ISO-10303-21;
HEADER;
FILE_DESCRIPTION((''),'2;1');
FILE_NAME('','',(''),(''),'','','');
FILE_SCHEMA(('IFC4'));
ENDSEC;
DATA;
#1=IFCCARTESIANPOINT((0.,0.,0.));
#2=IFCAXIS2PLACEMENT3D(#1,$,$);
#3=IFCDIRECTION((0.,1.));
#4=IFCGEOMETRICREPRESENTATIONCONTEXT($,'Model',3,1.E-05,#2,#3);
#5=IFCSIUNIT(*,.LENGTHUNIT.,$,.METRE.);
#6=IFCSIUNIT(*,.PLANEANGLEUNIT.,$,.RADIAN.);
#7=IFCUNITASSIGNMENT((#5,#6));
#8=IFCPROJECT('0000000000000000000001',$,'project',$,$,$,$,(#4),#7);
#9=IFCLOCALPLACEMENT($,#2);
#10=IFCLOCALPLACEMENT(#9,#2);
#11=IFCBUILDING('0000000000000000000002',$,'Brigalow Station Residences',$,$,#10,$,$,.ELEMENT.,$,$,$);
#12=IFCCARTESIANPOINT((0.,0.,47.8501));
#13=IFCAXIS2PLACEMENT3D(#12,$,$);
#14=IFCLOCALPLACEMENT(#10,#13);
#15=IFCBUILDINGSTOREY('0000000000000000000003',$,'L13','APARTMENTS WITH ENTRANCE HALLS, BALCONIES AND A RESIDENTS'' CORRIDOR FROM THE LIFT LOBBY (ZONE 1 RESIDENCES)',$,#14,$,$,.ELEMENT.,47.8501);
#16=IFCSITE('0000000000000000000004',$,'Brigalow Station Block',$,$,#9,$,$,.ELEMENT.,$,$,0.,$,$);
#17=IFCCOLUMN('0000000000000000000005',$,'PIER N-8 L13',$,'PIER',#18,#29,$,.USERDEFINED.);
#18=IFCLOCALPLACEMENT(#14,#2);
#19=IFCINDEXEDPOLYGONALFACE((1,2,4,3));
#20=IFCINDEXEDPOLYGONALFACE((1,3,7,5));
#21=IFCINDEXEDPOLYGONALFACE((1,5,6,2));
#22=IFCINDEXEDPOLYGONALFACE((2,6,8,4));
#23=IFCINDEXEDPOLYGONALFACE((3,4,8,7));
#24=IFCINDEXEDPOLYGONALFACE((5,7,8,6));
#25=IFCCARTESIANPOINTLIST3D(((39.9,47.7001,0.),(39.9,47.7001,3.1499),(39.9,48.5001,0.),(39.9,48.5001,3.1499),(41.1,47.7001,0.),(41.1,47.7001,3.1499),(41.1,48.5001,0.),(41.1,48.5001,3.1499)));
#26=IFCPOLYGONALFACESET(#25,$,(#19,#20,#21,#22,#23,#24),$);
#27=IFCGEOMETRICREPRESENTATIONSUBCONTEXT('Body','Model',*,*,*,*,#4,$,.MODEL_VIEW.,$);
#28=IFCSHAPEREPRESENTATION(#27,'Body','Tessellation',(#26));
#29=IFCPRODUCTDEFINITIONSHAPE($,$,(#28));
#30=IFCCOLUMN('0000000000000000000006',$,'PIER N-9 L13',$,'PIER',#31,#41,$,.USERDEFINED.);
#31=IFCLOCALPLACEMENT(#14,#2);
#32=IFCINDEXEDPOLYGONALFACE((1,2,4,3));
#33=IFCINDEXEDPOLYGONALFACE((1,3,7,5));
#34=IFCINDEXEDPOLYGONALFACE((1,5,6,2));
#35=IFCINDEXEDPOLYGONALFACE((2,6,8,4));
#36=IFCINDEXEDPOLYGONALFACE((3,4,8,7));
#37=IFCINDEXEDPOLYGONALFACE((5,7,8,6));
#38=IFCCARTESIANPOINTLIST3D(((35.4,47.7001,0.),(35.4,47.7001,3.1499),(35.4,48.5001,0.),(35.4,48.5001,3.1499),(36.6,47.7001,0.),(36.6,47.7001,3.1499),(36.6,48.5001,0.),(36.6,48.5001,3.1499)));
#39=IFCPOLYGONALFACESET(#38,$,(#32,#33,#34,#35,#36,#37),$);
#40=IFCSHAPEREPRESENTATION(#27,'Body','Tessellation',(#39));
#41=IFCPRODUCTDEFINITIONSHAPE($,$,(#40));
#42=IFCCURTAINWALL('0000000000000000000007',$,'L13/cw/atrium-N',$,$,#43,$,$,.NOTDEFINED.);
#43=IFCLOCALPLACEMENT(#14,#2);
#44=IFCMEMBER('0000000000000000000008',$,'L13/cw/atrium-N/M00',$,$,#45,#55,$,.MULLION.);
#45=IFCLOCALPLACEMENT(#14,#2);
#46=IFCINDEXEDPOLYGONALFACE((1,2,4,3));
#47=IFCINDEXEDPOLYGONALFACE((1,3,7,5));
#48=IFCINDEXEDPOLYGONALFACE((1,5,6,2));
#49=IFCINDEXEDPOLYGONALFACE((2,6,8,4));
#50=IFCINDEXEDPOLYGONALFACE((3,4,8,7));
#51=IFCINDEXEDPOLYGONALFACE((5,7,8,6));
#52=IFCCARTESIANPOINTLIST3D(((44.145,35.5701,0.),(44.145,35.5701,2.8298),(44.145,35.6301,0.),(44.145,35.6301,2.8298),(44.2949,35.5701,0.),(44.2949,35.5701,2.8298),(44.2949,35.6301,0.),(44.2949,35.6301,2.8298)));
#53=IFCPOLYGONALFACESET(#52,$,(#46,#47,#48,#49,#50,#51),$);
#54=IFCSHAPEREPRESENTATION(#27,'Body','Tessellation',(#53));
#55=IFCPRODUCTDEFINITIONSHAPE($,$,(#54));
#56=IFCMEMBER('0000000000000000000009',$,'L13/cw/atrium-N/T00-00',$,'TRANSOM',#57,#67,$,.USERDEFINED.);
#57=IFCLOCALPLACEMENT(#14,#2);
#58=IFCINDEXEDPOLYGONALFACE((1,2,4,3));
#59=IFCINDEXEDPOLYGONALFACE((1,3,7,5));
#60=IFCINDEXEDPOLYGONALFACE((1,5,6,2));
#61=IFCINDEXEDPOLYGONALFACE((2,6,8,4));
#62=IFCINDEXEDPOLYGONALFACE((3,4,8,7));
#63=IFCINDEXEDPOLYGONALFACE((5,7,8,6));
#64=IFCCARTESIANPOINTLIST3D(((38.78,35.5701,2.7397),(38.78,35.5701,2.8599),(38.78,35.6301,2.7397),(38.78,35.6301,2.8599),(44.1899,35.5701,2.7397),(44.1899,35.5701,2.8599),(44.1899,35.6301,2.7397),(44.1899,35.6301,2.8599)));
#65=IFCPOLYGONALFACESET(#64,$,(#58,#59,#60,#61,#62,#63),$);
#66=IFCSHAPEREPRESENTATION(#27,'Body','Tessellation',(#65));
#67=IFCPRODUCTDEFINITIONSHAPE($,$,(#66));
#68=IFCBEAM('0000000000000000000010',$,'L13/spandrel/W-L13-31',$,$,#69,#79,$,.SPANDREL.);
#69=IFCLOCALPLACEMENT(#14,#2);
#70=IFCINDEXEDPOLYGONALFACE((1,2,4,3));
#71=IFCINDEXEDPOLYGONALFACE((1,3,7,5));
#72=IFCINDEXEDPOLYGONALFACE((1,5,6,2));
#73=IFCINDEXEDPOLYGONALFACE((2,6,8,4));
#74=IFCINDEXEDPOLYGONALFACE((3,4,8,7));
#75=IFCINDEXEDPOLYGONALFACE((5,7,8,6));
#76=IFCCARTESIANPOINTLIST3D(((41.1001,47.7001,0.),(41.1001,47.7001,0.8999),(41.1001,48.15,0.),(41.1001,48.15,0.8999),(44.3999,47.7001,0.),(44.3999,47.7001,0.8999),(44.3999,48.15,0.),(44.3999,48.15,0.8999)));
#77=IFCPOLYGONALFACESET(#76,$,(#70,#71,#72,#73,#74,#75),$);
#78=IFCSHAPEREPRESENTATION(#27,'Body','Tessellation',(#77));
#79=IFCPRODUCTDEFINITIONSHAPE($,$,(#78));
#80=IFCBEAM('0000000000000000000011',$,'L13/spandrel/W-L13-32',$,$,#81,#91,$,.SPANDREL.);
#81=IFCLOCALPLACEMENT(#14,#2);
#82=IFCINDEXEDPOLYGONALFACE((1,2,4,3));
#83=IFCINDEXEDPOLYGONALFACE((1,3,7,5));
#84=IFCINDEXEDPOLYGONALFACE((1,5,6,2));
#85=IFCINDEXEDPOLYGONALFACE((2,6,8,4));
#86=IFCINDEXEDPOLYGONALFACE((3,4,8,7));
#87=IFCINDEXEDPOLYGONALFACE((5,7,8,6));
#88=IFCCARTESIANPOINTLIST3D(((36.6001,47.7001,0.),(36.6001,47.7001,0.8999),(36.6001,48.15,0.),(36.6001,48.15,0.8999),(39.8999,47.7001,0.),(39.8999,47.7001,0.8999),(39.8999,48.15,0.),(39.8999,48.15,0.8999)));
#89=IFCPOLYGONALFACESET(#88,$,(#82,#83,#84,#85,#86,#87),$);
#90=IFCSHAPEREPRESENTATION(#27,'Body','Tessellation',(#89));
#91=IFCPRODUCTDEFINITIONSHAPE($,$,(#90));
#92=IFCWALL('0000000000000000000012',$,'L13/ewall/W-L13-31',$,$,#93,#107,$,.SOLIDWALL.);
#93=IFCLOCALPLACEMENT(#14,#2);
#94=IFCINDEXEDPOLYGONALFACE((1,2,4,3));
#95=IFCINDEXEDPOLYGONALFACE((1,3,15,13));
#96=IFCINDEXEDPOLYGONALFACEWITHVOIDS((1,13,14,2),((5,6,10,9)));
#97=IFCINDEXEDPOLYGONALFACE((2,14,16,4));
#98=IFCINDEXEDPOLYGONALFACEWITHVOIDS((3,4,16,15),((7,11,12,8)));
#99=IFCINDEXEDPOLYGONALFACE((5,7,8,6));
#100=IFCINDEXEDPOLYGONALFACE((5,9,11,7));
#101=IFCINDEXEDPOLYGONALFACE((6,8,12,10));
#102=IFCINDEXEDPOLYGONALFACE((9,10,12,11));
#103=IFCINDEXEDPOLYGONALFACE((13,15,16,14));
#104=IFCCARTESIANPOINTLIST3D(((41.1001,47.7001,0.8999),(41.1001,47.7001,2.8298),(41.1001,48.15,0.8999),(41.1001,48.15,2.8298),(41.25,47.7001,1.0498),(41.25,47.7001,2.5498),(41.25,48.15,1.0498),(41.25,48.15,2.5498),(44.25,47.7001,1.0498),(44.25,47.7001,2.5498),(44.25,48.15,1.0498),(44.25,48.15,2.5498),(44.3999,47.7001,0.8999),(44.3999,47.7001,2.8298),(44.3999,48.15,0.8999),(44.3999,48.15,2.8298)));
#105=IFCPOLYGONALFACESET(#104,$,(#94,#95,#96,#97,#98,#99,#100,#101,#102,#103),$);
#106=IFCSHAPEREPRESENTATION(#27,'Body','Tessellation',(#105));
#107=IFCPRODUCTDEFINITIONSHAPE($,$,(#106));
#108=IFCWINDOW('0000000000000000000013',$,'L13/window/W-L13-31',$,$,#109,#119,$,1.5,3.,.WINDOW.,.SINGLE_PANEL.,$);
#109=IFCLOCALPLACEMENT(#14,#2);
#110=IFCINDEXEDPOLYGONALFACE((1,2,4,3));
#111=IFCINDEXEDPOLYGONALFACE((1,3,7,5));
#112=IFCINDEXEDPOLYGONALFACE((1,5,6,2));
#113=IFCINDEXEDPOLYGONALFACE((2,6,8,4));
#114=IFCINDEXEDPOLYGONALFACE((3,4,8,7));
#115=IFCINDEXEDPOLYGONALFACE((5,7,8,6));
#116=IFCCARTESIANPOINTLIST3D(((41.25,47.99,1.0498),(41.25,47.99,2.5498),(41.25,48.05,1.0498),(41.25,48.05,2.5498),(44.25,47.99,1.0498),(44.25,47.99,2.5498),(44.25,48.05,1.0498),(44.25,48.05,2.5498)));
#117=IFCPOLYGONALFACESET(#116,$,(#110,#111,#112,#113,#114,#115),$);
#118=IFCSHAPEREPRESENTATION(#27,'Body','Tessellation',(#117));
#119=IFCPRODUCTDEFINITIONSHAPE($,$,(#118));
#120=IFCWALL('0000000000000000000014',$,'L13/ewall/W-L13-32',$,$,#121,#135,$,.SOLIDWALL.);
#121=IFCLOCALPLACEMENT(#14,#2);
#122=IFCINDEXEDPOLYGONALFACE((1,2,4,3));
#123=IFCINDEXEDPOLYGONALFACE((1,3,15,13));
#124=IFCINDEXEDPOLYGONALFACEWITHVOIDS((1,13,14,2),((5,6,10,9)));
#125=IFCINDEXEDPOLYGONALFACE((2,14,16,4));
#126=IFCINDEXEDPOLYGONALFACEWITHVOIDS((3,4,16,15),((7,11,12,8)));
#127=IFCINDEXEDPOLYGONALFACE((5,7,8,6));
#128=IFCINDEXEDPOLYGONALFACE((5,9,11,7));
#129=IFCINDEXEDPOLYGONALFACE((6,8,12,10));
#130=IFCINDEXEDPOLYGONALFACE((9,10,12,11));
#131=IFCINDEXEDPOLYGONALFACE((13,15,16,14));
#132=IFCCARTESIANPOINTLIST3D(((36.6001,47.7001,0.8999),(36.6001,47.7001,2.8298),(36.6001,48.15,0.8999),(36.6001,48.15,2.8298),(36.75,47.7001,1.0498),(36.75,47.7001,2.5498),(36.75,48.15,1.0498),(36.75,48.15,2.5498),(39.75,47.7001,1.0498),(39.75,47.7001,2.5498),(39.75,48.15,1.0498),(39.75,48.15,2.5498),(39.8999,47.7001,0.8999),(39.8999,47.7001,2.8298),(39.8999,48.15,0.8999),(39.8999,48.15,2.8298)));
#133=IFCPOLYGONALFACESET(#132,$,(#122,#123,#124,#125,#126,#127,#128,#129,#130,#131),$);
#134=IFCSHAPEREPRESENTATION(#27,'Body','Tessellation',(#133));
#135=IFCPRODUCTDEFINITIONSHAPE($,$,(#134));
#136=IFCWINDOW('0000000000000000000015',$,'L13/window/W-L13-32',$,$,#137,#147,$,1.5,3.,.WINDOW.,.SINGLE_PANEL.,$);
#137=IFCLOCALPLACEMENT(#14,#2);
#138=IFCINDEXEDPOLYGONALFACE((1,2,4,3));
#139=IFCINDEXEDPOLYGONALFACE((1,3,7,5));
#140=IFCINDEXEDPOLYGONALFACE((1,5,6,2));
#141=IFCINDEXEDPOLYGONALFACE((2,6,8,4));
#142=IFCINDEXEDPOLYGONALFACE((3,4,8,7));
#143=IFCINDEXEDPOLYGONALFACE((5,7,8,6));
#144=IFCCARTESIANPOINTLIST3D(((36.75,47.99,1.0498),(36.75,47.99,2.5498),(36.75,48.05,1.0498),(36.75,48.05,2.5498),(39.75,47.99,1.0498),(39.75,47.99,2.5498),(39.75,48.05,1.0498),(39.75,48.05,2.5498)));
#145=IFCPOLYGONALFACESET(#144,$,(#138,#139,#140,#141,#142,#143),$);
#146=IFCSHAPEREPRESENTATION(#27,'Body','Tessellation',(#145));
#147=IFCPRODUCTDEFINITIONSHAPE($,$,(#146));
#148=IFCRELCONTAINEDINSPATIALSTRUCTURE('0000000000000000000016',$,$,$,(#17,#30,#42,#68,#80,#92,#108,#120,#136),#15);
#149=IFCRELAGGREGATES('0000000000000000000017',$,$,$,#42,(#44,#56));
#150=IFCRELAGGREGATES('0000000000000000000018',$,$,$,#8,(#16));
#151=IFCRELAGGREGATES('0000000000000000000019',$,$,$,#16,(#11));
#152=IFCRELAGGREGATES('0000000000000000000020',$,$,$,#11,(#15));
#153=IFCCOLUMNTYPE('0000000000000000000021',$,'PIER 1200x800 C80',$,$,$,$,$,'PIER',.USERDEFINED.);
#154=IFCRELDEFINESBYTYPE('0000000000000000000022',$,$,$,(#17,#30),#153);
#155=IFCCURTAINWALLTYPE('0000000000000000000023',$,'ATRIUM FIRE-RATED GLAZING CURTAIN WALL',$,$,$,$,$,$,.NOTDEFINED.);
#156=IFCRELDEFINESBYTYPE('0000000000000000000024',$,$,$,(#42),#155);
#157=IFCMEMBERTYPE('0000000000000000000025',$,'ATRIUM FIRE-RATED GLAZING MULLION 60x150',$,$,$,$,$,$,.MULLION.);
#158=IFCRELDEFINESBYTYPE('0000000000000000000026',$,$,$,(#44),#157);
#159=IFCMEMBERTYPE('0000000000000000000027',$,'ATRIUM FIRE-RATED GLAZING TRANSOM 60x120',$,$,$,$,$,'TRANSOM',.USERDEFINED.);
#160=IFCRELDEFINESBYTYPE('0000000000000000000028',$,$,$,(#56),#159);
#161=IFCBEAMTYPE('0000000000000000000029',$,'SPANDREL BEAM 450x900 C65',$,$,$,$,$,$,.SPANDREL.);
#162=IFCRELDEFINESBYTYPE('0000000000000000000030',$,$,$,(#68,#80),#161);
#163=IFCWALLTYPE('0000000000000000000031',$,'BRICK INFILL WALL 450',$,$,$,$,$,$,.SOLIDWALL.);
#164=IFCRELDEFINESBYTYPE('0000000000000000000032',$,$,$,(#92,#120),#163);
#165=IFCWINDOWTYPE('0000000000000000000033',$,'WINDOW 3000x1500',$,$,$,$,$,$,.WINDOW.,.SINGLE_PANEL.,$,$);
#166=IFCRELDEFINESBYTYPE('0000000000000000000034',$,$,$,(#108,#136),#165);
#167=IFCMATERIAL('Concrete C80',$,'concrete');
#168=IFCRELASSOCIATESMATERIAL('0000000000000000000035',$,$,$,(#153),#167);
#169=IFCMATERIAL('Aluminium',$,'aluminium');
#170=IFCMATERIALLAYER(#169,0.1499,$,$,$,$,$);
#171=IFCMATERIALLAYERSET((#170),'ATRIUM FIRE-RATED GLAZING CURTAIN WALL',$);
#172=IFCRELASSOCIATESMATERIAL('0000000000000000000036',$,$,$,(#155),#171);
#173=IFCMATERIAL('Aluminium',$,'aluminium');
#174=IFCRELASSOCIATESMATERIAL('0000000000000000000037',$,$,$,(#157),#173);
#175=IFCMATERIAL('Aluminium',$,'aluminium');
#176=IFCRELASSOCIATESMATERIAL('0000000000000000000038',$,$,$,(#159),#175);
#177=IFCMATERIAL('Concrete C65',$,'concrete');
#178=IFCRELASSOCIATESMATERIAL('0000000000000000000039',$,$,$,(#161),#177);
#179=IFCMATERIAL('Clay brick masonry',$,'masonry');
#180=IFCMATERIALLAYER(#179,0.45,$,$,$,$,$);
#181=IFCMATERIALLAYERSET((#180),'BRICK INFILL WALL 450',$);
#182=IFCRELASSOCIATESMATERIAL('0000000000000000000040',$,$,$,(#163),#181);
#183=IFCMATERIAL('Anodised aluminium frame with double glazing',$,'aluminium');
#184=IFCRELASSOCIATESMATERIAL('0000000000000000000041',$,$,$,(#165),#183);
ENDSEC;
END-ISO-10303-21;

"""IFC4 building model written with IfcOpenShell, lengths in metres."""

from ifc_helpers import new_model, si_unit, direction, frame, frame_2d, origin, origin_2d, place, context, subcontext, project, spatial, rectangle, extrude, material, layer, layer_set, material_profile, profile_set, type_object, element, fill, aggregate, save


model = new_model("IFC4")

# Units and contexts
model_context = context("Model", 3, precision=1e-05, world=origin(), true_north=direction((0.0, 1.0)))
body_context = subcontext(model_context, "Body", "Model", "MODEL_VIEW")
ifc_project = project(units=[si_unit("LENGTHUNIT", "METRE"), si_unit("PLANEANGLEUNIT", "RADIAN")], contexts=[model_context])

# Site, building, storey
site_placement = place(None, origin())
site = spatial("IfcSite", under=ifc_project, at=site_placement, Name="Brigalow Station Block", CompositionType="ELEMENT", RefElevation=0.0)
building_placement = place(site_placement, origin())
building = spatial("IfcBuilding", under=site, at=building_placement, Name="Brigalow Station Residences", CompositionType="ELEMENT")
storey_placement = place(building_placement, frame((0.0, 0.0, 47.8501)))
storey = spatial("IfcBuildingStorey", under=building, at=storey_placement, Name="L13", Description="APARTMENTS WITH ENTRANCE HALLS, BALCONIES AND A RESIDENTS' CORRIDOR FROM THE LIFT LOBBY (ZONE 1 RESIDENCES)", CompositionType="ELEMENT", Elevation=47.8501)

# Columns
ifc_material_1 = material(Name="Concrete C80", Category="concrete")
ifc_material_profile_1 = material_profile(ifc_material_1, rectangle(XDim=1.2, YDim=0.8, at=origin_2d()), Name="RC1200x800")
ifc_profile_set_1 = profile_set([ifc_material_profile_1], Name="Concrete C80")
column_type = type_object("IfcColumnType", Name="PIER 1200x800 C80", ElementType="PIER", PredefinedType="USERDEFINED", material=ifc_profile_set_1)
for number, where, z_axis, x_axis, name in (
    (1, (40.5, 48.1001, 0.0), (0.0, 0.0, 1.0), (-1.0, 0.0, 0.0), "PIER N-8 L13"),
    (2, (36.0, 48.1001, 0.0), (0.0, 0.0, 1.0), (-1.0, 0.0, 0.0), "PIER N-9 L13"),
):
    element("IfcColumn", number, at=place(storey_placement, frame(where, z_axis=z_axis, x_axis=x_axis)), inside=storey, type_object=column_type, Name=name, ObjectType="PIER", PredefinedType="USERDEFINED", context=body_context, shape_type="SweptSolid", body=[
        extrude(rectangle(XDim=1.2, YDim=0.8, at=origin_2d()), origin(), (0.0, 0.0, 1.0), 3.1499),
    ])

# Curtain wall, members
ifc_material_2 = material(Name="Aluminium", Category="aluminium")
ifc_layer_1 = layer(ifc_material_2, 0.1499)
ifc_layer_set_1 = layer_set([ifc_layer_1], Name="ATRIUM FIRE-RATED GLAZING CURTAIN WALL")
curtain_wall_type = type_object("IfcCurtainWallType", Name="ATRIUM FIRE-RATED GLAZING CURTAIN WALL", PredefinedType="NOTDEFINED", material=ifc_layer_set_1)
curtain_wall_placement = place(storey_placement, origin())
curtain_wall = element("IfcCurtainWall", 3, at=curtain_wall_placement, inside=storey, type_object=curtain_wall_type, Name="L13/cw/atrium-N", PredefinedType="NOTDEFINED")
ifc_material_3 = material(Name="Aluminium", Category="aluminium")
ifc_material_profile_2 = material_profile(ifc_material_3, rectangle(XDim=0.0601, YDim=0.1499, at=origin_2d()), Name="ATRIUM FIRE-RATED GLAZING MULLION 60x150")
ifc_profile_set_2 = profile_set([ifc_material_profile_2], Name="Aluminium")
member_type_1 = type_object("IfcMemberType", Name="ATRIUM FIRE-RATED GLAZING MULLION 60x150", PredefinedType="MULLION", material=ifc_profile_set_2)
member_1_placement = place(storey_placement, frame((44.22, 35.6001, 0.0), z_axis=(0.0, 0.0, 1.0), x_axis=(0.0, -1.0, 0.0)))
member_1 = element("IfcMember", 4, at=member_1_placement, type_object=member_type_1, Name="L13/cw/atrium-N/M00", PredefinedType="MULLION", context=body_context, shape_type="SweptSolid", body=[
    extrude(rectangle(XDim=0.0601, YDim=0.1499, at=origin_2d()), origin(), (0.0, 0.0, 1.0), 2.8298),
])
ifc_material_4 = material(Name="Aluminium", Category="aluminium")
ifc_material_profile_3 = material_profile(ifc_material_4, rectangle(XDim=0.0601, YDim=0.1201, at=origin_2d()), Name="ATRIUM FIRE-RATED GLAZING TRANSOM 60x120")
ifc_profile_set_3 = profile_set([ifc_material_profile_3], Name="Aluminium")
member_type_2 = type_object("IfcMemberType", Name="ATRIUM FIRE-RATED GLAZING TRANSOM 60x120", ElementType="TRANSOM", PredefinedType="USERDEFINED", material=ifc_profile_set_3)
member_2_placement = place(storey_placement, frame((44.1899, 35.6001, 2.7998), z_axis=(-1.0, 0.0, 0.0), x_axis=(0.0, -1.0, 0.0)))
member_2 = element("IfcMember", 5, at=member_2_placement, type_object=member_type_2, Name="L13/cw/atrium-N/T00-00", ObjectType="TRANSOM", PredefinedType="USERDEFINED", context=body_context, shape_type="SweptSolid", body=[
    extrude(rectangle(XDim=0.0601, YDim=0.1201, at=origin_2d()), origin(), (0.0, 0.0, 1.0), 5.4099),
])
aggregate(curtain_wall, [member_1, member_2])

# Beams
ifc_material_5 = material(Name="Concrete C65", Category="concrete")
ifc_material_profile_4 = material_profile(ifc_material_5, rectangle(XDim=0.45, YDim=0.8999, at=origin_2d()), Name="RC450x900")
ifc_profile_set_4 = profile_set([ifc_material_profile_4], Name="Concrete C65")
beam_type = type_object("IfcBeamType", Name="SPANDREL BEAM 450x900 C65", PredefinedType="SPANDREL", material=ifc_profile_set_4)
for number, where, z_axis, x_axis, name in (
    (6, (44.3999, 47.925, 0.45), (-1.0, 0.0, 0.0), (0.0, -1.0, 0.0), "L13/spandrel/W-L13-31"),
    (7, (39.8999, 47.925, 0.45), (-1.0, 0.0, 0.0), (0.0, -1.0, 0.0), "L13/spandrel/W-L13-32"),
):
    element("IfcBeam", number, at=place(storey_placement, frame(where, z_axis=z_axis, x_axis=x_axis)), inside=storey, type_object=beam_type, Name=name, PredefinedType="SPANDREL", context=body_context, shape_type="SweptSolid", body=[
        extrude(rectangle(XDim=0.45, YDim=0.8999, at=origin_2d()), origin(), (0.0, 0.0, 1.0), 3.2998),
    ])

# Walls, openings, windows
ifc_material_6 = material(Name="Clay brick masonry", Category="masonry")
ifc_layer_2 = layer(ifc_material_6, 0.45)
ifc_layer_set_2 = layer_set([ifc_layer_2], Name="BRICK INFILL WALL 450")
wall_type_1 = type_object("IfcWallType", Name="BRICK INFILL WALL 450", PredefinedType="SOLIDWALL", material=ifc_layer_set_2)
wall_1_placement = place(storey_placement, frame((44.3999, 47.925, 0.8999), z_axis=(0.0, 0.0, 1.0), x_axis=(-1.0, 0.0, 0.0)))
wall_1 = element("IfcWall", 8, at=wall_1_placement, inside=storey, type_object=wall_type_1, Name="L13/ewall/W-L13-31", PredefinedType="SOLIDWALL", context=body_context, shape_type="SweptSolid", body=[
    extrude(rectangle(XDim=3.2998, YDim=0.45, at=frame_2d((1.6499, 0.0))), origin(), (0.0, 0.0, 1.0), 1.9299),
])
opening_1_placement = place(wall_1_placement, frame((0.1499, 0.0, 0.1499)))
opening_1 = element("IfcOpeningElement", 9, at=opening_1_placement, cuts=wall_1, PredefinedType="OPENING", context=body_context, shape_type="SweptSolid", body=[
    extrude(rectangle(XDim=3.0, YDim=1.5, at=frame_2d((1.5, 0.75))), frame((0.0, 0.2349, 0.0), z_axis=(0.0, -1.0, 0.0), x_axis=(1.0, 0.0, 0.0)), (0.0, 0.0, 1.0), 0.47),
])
ifc_material_7 = material(Name="Anodised aluminium frame with double glazing", Category="aluminium")
window_type = type_object("IfcWindowType", Name="WINDOW 3000x1500", PartitioningType="SINGLE_PANEL", PredefinedType="WINDOW", material=ifc_material_7)
window_1_placement = place(opening_1_placement, origin())
window_1 = element("IfcWindow", 10, at=window_1_placement, inside=storey, type_object=window_type, Name="L13/window/W-L13-31", OverallHeight=1.5, OverallWidth=3.0, PartitioningType="SINGLE_PANEL", PredefinedType="WINDOW", context=body_context, shape_type="SweptSolid", body=[
    extrude(rectangle(XDim=3.0, YDim=1.5, at=frame_2d((1.5, 0.75))), frame((0.0, -0.0649, 0.0), z_axis=(0.0, -1.0, 0.0), x_axis=(1.0, 0.0, 0.0)), (0.0, 0.0, 1.0), 0.0601),
])
fill(opening_1, window_1)
wall_2_placement = place(storey_placement, frame((39.8999, 47.925, 0.8999), z_axis=(0.0, 0.0, 1.0), x_axis=(-1.0, 0.0, 0.0)))
wall_2 = element("IfcWall", 11, at=wall_2_placement, inside=storey, type_object=wall_type_1, Name="L13/ewall/W-L13-32", PredefinedType="SOLIDWALL", context=body_context, shape_type="SweptSolid", body=[
    extrude(rectangle(XDim=3.2998, YDim=0.45, at=frame_2d((1.6499, 0.0))), origin(), (0.0, 0.0, 1.0), 1.9299),
])
opening_2_placement = place(wall_2_placement, frame((0.1499, 0.0, 0.1499)))
opening_2 = element("IfcOpeningElement", 12, at=opening_2_placement, cuts=wall_2, PredefinedType="OPENING", context=body_context, shape_type="SweptSolid", body=[
    extrude(rectangle(XDim=3.0, YDim=1.5, at=frame_2d((1.5, 0.75))), frame((0.0, 0.2349, 0.0), z_axis=(0.0, -1.0, 0.0), x_axis=(1.0, 0.0, 0.0)), (0.0, 0.0, 1.0), 0.47),
])
window_2_placement = place(opening_2_placement, origin())
window_2 = element("IfcWindow", 13, at=window_2_placement, inside=storey, type_object=window_type, Name="L13/window/W-L13-32", OverallHeight=1.5, OverallWidth=3.0, PartitioningType="SINGLE_PANEL", PredefinedType="WINDOW", context=body_context, shape_type="SweptSolid", body=[
    extrude(rectangle(XDim=3.0, YDim=1.5, at=frame_2d((1.5, 0.75))), frame((0.0, -0.0649, 0.0), z_axis=(0.0, -1.0, 0.0), x_axis=(1.0, 0.0, 0.0)), (0.0, 0.0, 1.0), 0.0601),
])
fill(opening_2, window_2)

save(model, "model.ifc")
